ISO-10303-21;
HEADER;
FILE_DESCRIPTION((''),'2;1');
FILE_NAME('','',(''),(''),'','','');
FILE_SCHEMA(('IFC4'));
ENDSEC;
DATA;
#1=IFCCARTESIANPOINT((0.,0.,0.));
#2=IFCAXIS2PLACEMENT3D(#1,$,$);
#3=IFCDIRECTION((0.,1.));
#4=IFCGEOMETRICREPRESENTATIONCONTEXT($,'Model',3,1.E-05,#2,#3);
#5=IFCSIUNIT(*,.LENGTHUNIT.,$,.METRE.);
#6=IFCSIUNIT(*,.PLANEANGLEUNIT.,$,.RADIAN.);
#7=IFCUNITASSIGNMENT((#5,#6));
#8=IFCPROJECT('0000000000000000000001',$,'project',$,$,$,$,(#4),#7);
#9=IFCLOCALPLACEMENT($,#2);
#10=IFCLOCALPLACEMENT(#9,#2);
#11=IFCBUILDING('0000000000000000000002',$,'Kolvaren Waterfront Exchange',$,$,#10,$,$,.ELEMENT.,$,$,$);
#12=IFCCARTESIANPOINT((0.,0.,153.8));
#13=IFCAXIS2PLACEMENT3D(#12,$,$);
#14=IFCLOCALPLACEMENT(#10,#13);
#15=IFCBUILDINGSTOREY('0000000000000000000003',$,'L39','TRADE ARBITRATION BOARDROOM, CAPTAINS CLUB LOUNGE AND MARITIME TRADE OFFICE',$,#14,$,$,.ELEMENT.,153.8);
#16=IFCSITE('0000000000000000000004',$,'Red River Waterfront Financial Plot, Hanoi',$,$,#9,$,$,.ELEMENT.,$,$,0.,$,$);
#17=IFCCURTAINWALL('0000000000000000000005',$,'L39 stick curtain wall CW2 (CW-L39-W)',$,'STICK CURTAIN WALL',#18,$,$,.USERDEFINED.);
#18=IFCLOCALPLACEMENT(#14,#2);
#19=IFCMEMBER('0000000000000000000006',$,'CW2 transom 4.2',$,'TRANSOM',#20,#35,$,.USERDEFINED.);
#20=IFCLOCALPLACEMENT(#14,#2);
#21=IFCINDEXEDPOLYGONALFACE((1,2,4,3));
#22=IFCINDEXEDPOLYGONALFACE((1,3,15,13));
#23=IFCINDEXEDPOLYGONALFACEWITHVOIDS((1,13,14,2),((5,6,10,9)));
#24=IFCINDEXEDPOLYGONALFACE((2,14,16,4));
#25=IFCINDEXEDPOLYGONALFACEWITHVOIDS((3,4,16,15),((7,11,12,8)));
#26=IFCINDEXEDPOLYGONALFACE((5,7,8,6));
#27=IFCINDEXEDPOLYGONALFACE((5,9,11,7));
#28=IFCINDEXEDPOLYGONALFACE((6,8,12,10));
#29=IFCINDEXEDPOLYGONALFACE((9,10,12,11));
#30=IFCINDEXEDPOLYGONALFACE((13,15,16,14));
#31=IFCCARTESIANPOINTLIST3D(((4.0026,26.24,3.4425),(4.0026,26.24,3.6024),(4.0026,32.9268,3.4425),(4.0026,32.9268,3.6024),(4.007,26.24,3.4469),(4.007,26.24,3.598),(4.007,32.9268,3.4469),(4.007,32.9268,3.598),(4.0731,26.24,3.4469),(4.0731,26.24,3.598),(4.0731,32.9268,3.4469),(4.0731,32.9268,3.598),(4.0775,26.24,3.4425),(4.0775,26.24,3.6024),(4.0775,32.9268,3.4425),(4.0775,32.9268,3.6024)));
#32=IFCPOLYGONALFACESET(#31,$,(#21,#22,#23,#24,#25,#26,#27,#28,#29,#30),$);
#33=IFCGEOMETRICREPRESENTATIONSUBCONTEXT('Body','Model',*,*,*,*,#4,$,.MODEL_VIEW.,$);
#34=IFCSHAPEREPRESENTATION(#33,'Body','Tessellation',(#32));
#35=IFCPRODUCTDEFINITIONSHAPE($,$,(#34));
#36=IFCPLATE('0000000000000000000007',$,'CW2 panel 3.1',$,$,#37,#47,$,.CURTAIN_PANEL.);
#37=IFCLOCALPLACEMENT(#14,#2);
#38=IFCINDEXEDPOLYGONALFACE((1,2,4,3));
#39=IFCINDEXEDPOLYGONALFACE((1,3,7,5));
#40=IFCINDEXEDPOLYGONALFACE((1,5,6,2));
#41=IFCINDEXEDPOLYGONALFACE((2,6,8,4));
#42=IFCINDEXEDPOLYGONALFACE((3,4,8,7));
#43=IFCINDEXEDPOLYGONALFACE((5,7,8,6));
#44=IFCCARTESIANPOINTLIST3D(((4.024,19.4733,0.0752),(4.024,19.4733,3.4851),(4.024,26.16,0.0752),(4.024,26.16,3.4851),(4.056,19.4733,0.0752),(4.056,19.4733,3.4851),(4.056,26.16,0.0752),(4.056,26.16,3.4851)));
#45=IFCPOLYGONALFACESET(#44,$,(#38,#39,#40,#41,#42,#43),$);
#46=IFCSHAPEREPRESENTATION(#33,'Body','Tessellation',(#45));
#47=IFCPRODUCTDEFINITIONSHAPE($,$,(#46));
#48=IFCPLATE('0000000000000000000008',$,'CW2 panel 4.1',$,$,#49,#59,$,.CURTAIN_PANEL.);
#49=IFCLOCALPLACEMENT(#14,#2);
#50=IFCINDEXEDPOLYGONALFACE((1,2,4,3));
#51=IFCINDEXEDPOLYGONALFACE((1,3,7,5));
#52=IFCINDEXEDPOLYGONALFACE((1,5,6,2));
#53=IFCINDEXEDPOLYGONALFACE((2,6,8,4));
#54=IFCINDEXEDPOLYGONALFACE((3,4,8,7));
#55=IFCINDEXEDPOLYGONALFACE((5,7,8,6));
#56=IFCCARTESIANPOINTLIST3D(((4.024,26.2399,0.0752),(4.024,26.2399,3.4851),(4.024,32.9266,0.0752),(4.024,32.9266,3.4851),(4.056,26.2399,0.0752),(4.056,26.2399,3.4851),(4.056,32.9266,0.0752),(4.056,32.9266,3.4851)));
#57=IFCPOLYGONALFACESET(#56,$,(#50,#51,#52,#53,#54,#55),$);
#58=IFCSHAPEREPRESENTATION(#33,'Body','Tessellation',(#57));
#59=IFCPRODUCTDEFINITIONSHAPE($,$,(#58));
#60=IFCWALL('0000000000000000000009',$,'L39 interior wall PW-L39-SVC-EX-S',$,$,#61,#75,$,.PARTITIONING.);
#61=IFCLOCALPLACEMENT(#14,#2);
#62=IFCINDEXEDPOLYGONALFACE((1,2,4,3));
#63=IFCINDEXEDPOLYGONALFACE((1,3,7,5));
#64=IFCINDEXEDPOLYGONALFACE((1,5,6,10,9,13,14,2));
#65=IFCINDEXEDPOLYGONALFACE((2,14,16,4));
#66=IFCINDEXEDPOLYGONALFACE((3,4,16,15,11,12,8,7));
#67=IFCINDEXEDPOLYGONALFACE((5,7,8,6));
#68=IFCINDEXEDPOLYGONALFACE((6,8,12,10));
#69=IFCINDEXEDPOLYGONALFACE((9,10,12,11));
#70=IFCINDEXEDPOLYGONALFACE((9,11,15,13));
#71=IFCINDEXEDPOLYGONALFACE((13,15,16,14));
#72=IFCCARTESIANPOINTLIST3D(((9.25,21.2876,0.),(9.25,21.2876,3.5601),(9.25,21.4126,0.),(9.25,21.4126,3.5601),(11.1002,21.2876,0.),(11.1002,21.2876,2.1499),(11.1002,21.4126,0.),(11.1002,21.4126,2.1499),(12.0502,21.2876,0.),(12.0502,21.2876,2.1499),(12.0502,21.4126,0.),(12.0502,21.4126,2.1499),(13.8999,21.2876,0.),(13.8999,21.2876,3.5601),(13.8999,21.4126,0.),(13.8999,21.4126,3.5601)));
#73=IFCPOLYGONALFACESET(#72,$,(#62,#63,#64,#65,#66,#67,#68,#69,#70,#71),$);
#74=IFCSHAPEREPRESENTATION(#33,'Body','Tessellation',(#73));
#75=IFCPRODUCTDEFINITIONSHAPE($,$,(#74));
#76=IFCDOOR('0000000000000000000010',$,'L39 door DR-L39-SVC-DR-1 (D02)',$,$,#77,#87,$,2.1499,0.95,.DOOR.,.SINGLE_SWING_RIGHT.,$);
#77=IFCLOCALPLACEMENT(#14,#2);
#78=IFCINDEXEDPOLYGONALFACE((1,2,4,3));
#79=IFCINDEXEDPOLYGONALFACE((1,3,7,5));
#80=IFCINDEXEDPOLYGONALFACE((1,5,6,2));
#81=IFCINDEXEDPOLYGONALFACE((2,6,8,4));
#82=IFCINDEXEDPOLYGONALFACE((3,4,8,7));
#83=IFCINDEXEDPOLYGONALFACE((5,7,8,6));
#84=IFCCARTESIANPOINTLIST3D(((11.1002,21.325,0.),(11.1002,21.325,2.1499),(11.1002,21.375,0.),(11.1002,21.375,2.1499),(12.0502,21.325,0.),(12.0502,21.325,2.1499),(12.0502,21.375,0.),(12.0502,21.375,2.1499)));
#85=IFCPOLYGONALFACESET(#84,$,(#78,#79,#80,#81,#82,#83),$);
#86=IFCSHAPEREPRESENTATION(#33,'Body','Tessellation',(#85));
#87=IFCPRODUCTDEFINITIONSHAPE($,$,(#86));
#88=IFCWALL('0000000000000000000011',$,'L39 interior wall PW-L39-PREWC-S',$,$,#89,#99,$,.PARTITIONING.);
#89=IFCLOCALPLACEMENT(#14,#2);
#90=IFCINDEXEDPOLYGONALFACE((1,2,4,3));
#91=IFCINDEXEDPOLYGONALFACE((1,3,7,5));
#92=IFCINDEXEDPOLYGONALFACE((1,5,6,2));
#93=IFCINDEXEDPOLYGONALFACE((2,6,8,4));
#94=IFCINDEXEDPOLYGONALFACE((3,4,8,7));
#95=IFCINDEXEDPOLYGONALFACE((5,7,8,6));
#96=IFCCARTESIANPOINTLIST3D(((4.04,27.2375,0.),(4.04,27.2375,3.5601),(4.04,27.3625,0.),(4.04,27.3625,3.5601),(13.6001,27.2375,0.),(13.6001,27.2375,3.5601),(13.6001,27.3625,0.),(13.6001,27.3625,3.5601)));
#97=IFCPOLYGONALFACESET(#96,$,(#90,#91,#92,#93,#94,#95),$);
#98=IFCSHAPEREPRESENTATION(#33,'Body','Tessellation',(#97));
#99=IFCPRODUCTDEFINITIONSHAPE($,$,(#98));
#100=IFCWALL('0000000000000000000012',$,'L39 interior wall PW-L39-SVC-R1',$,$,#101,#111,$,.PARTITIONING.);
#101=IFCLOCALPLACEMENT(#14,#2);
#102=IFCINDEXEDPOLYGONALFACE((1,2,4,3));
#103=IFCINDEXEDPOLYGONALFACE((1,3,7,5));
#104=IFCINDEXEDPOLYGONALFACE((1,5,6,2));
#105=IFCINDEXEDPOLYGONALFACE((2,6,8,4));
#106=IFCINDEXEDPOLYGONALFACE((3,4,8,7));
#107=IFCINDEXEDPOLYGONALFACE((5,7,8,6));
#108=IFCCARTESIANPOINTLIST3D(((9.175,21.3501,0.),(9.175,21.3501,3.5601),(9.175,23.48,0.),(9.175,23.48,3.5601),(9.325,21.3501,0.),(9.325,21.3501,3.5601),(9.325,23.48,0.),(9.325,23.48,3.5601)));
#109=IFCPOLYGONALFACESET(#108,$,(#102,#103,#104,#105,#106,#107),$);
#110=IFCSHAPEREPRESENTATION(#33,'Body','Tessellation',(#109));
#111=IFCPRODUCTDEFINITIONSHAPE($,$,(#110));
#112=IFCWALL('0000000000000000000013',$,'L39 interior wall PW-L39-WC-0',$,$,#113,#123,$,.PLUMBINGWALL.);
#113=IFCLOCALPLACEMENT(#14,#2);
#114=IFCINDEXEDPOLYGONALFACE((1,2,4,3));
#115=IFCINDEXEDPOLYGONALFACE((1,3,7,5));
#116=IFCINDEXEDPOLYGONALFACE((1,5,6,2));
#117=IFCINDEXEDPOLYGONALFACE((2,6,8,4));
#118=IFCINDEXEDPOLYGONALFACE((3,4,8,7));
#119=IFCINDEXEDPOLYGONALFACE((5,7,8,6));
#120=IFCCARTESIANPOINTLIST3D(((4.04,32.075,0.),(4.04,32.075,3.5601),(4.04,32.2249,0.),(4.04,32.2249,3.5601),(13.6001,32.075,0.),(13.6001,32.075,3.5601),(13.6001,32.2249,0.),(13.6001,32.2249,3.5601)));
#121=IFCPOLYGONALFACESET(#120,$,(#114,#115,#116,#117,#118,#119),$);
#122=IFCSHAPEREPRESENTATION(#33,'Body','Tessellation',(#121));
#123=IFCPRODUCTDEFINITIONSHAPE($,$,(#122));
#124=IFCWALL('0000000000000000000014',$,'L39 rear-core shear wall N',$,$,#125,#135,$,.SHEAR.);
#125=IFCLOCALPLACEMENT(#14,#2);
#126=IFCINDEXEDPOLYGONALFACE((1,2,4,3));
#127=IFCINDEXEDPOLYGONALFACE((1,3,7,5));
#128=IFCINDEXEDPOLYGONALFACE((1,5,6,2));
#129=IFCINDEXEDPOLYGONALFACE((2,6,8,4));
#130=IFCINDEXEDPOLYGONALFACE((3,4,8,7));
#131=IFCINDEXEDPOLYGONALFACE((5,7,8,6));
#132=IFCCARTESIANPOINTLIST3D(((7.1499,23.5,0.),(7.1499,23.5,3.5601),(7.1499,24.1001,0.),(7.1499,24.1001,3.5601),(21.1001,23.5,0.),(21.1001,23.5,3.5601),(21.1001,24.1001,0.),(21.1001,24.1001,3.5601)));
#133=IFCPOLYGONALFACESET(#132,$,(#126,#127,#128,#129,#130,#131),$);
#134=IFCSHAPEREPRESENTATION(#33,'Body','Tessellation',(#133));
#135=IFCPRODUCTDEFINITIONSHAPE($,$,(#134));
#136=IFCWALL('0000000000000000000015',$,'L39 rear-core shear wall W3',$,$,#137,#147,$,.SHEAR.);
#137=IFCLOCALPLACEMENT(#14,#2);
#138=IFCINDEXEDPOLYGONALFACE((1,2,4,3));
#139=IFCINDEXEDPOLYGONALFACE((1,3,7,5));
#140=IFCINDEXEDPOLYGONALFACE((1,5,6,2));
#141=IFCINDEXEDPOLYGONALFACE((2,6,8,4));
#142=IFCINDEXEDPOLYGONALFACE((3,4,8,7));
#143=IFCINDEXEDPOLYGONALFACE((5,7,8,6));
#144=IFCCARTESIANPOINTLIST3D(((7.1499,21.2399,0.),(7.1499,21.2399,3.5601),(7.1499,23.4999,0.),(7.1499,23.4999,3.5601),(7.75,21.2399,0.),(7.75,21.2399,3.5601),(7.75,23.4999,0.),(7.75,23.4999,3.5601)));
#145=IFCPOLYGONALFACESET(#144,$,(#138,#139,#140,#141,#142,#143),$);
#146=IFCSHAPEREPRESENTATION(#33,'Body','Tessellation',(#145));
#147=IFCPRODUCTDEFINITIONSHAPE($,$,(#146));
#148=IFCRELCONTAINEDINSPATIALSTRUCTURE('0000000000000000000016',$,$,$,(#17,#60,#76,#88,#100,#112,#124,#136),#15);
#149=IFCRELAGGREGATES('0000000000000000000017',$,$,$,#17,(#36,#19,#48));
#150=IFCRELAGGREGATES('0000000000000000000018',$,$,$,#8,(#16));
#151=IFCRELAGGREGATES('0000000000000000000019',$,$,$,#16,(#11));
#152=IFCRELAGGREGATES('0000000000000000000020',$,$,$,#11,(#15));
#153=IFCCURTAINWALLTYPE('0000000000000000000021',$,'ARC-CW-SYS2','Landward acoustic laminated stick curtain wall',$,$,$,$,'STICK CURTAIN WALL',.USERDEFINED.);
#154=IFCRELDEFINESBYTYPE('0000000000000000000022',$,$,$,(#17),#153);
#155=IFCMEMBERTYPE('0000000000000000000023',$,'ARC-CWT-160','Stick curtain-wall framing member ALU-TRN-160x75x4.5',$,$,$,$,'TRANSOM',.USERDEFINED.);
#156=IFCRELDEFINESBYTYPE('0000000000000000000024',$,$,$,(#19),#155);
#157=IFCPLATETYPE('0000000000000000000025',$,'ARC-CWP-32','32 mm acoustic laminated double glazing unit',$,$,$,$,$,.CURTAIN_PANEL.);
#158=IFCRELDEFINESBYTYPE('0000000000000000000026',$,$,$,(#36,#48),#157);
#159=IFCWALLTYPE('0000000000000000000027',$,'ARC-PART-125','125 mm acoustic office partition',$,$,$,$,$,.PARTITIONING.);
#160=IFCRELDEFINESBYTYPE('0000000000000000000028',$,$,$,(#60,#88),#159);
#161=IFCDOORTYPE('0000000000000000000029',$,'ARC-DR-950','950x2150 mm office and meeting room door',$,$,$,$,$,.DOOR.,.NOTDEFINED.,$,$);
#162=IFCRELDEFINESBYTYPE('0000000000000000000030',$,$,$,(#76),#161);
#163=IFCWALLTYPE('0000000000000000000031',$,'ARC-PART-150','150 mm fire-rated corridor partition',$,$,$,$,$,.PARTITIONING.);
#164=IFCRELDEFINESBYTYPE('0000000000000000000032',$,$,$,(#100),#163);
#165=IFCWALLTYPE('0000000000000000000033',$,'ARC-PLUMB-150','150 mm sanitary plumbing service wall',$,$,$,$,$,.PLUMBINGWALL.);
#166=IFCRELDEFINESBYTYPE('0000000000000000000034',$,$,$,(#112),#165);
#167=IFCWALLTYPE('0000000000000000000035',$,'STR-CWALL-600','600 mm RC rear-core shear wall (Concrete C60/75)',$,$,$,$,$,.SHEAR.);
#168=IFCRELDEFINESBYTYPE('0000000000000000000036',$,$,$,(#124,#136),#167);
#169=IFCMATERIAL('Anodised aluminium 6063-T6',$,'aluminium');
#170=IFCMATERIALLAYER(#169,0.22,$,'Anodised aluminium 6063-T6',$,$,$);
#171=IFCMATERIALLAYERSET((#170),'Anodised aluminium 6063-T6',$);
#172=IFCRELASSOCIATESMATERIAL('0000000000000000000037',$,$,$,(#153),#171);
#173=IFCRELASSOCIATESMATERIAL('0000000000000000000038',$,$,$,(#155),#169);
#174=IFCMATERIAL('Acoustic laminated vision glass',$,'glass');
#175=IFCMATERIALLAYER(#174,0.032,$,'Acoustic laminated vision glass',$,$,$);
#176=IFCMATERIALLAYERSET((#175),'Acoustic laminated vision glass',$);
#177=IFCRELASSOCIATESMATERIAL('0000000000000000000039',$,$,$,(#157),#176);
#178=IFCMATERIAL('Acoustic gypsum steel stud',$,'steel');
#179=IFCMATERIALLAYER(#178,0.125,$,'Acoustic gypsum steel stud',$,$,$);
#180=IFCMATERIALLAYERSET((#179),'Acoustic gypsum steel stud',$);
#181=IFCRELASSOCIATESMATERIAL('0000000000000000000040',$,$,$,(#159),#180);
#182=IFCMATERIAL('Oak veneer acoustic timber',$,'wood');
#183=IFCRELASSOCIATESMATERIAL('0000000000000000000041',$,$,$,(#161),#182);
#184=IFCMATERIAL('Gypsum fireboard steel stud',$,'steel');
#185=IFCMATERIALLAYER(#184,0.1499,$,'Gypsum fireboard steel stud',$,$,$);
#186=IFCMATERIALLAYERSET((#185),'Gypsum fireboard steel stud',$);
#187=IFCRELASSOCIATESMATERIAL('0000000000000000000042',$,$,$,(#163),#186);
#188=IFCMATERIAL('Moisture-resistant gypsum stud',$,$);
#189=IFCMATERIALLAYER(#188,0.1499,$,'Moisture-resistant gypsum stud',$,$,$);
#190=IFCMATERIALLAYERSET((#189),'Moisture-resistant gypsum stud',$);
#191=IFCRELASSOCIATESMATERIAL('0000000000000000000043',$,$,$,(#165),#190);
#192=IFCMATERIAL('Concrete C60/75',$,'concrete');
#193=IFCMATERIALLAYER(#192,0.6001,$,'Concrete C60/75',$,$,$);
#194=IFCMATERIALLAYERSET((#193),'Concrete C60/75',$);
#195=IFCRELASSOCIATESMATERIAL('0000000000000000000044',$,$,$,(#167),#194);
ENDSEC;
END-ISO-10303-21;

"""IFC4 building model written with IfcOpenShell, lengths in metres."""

from ifc_helpers import new_model, si_unit, direction, frame, frame_2d, origin, origin_with_axes, origin_2d, place, context, subcontext, project, spatial, rectangle, hollow_rectangle, extrude, source, transform, mapped, material, layer, layer_set, material_profile, profile_set, type_object, element, fill, aggregate, save


model = new_model("IFC4")

# Units and contexts
model_context = context("Model", 3, precision=1e-05, world=origin(), true_north=direction((0.0, 1.0)))
body_context = subcontext(model_context, "Body", "Model", "MODEL_VIEW")
ifc_project = project(units=[si_unit("LENGTHUNIT", "METRE"), si_unit("PLANEANGLEUNIT", "RADIAN")], contexts=[model_context])

# Site, building, storey
site_placement = place(None, origin())
site = spatial("IfcSite", under=ifc_project, at=site_placement, Name="Red River Waterfront Financial Plot, Hanoi", CompositionType="ELEMENT", RefElevation=0.0)
building_placement = place(site_placement, origin())
building = spatial("IfcBuilding", under=site, at=building_placement, Name="Kolvaren Waterfront Exchange", CompositionType="ELEMENT")
storey_placement = place(building_placement, frame((0.0, 0.0, 153.8)))
storey = spatial("IfcBuildingStorey", under=building, at=storey_placement, Name="L39", Description="TRADE ARBITRATION BOARDROOM, CAPTAINS CLUB LOUNGE AND MARITIME TRADE OFFICE", CompositionType="ELEMENT", Elevation=153.8)

# Shared definitions
ifc_material_1 = material(Name="Concrete C60/75", Category="concrete")

# Curtain wall, member, plates
ifc_material_2 = material(Name="Anodised aluminium 6063-T6", Category="aluminium")
ifc_layer_1 = layer(ifc_material_2, 0.22, Name="Anodised aluminium 6063-T6")
ifc_layer_set_1 = layer_set([ifc_layer_1], Name="Anodised aluminium 6063-T6")
curtain_wall_type = type_object("IfcCurtainWallType", Name="ARC-CW-SYS2", Description="Landward acoustic laminated stick curtain wall", ElementType="STICK CURTAIN WALL", PredefinedType="USERDEFINED", material=ifc_layer_set_1)
curtain_wall_placement = place(storey_placement, origin())
curtain_wall = element("IfcCurtainWall", 1, at=curtain_wall_placement, inside=storey, type_object=curtain_wall_type, Name="L39 stick curtain wall CW2 (CW-L39-W)", ObjectType="STICK CURTAIN WALL", PredefinedType="USERDEFINED")
ifc_material_profile_1 = material_profile(ifc_material_2, hollow_rectangle(XDim=0.075, YDim=0.1599, WallThickness=0.0044, at=origin_2d()), Name="ALU-TRN-160x75x4.5")
ifc_profile_set_1 = profile_set([ifc_material_profile_1], Name="Anodised aluminium 6063-T6")
member_type_1 = type_object("IfcMemberType", Name="ARC-CWT-160", Description="Stick curtain-wall framing member ALU-TRN-160x75x4.5", ElementType="TRANSOM", PredefinedType="USERDEFINED", material=ifc_profile_set_1)
shared_shape_1 = source(origin_with_axes(), body_context, "Body", "SweptSolid", [
    extrude(hollow_rectangle(XDim=0.075, YDim=0.1599, WallThickness=0.0044, at=origin_2d()), origin(), (0.0, 0.0, 1.0), 6.6868),
])
member_1_placement = place(storey_placement, frame((4.04, 26.24, 3.5225), z_axis=(0.0, 1.0, 0.0), x_axis=(-1.0, 0.0, 0.0)))
member_1 = element("IfcMember", 2, at=member_1_placement, type_object=member_type_1, Name="CW2 transom 4.2", ObjectType="TRANSOM", PredefinedType="USERDEFINED", context=body_context, shape_type="MappedRepresentation", body=[
    mapped(shared_shape_1, transform((0.0, 0.0, 0.0), x_axis=(1.0, 0.0, 0.0), y_axis=(0.0, 1.0, 0.0), z_axis=(0.0, 0.0, 1.0), scale=1.0)),
])
ifc_material_3 = material(Name="Acoustic laminated vision glass", Category="glass")
ifc_layer_2 = layer(ifc_material_3, 0.032, Name="Acoustic laminated vision glass")
ifc_layer_set_2 = layer_set([ifc_layer_2], Name="Acoustic laminated vision glass")
plate_type = type_object("IfcPlateType", Name="ARC-CWP-32", Description="32 mm acoustic laminated double glazing unit", PredefinedType="CURTAIN_PANEL", material=ifc_layer_set_2)
shared_shape_2 = source(origin_with_axes(), body_context, "Body", "SweptSolid", [
    extrude(rectangle(XDim=6.6868, YDim=0.032, at=origin_2d()), origin(), (0.0, 0.0, 1.0), 3.4099),
])
plate_1_placement = place(storey_placement, frame((4.04, 22.8167, 0.0752), z_axis=(0.0, 0.0, 1.0), x_axis=(0.0, 1.0, 0.0)))
plate_1 = element("IfcPlate", 3, at=plate_1_placement, type_object=plate_type, Name="CW2 panel 3.1", PredefinedType="CURTAIN_PANEL", context=body_context, shape_type="MappedRepresentation", body=[
    mapped(shared_shape_2, transform((0.0, 0.0, 0.0), x_axis=(1.0, 0.0, 0.0), y_axis=(0.0, 1.0, 0.0), z_axis=(0.0, 0.0, 1.0), scale=1.0)),
])
plate_2_placement = place(storey_placement, frame((4.04, 29.5833, 0.0752), z_axis=(0.0, 0.0, 1.0), x_axis=(0.0, 1.0, 0.0)))
plate_2 = element("IfcPlate", 4, at=plate_2_placement, type_object=plate_type, Name="CW2 panel 4.1", PredefinedType="CURTAIN_PANEL", context=body_context, shape_type="MappedRepresentation", body=[
    mapped(shared_shape_2, transform((0.0, 0.0, 0.0), x_axis=(1.0, 0.0, 0.0), y_axis=(0.0, 1.0, 0.0), z_axis=(0.0, 0.0, 1.0), scale=1.0)),
])
aggregate(curtain_wall, [plate_1, member_1, plate_2])

# Wall, opening, door
ifc_material_4 = material(Name="Acoustic gypsum steel stud", Category="steel")
ifc_layer_3 = layer(ifc_material_4, 0.125, Name="Acoustic gypsum steel stud")
ifc_layer_set_3 = layer_set([ifc_layer_3], Name="Acoustic gypsum steel stud")
wall_type_1 = type_object("IfcWallType", Name="ARC-PART-125", Description="125 mm acoustic office partition", PredefinedType="PARTITIONING", material=ifc_layer_set_3)
wall_1_placement = place(storey_placement, frame((9.25, 21.3501, 0.0), z_axis=(0.0, 0.0, 1.0), x_axis=(1.0, 0.0, 0.0)))
wall_1 = element("IfcWall", 5, at=wall_1_placement, inside=storey, type_object=wall_type_1, Name="L39 interior wall PW-L39-SVC-EX-S", PredefinedType="PARTITIONING", context=body_context, shape_type="SweptSolid", body=[
    extrude(rectangle(XDim=4.6499, YDim=0.125, at=frame_2d((2.325, 0.0))), origin(), (0.0, 0.0, 1.0), 3.5601),
])
opening_1_placement = place(wall_1_placement, frame((1.8501, 0.0, 0.0)))
opening_1 = element("IfcOpeningElement", 6, at=opening_1_placement, cuts=wall_1, PredefinedType="OPENING", context=body_context, shape_type="SweptSolid", body=[
    extrude(rectangle(XDim=0.95, YDim=2.1499, at=frame_2d((0.4751, 1.075))), frame((0.0, 0.0725, 0.0), z_axis=(0.0, -1.0, 0.0), x_axis=(1.0, 0.0, 0.0)), (0.0, 0.0, 1.0), 0.145),
])
ifc_material_5 = material(Name="Oak veneer acoustic timber", Category="wood")
door_type_1 = type_object("IfcDoorType", Name="ARC-DR-950", Description="950x2150 mm office and meeting room door", OperationType="NOTDEFINED", PredefinedType="DOOR", material=ifc_material_5)
door_1_placement = place(opening_1_placement, origin())
door_1 = element("IfcDoor", 7, at=door_1_placement, inside=storey, type_object=door_type_1, Name="L39 door DR-L39-SVC-DR-1 (D02)", OperationType="SINGLE_SWING_RIGHT", OverallHeight=2.1499, OverallWidth=0.95, PredefinedType="DOOR", context=body_context, shape_type="SweptSolid", body=[
    extrude(rectangle(XDim=0.95, YDim=2.1499, at=frame_2d((0.4751, 1.075))), frame((0.0, 0.0249, 0.0), z_axis=(0.0, -1.0, 0.0), x_axis=(1.0, 0.0, 0.0)), (0.0, 0.0, 1.0), 0.05),
])
fill(opening_1, door_1)

# Walls
wall_2_placement = place(storey_placement, frame((4.04, 27.3, 0.0), z_axis=(0.0, 0.0, 1.0), x_axis=(1.0, 0.0, 0.0)))
element("IfcWall", 8, at=wall_2_placement, inside=storey, type_object=wall_type_1, Name="L39 interior wall PW-L39-PREWC-S", PredefinedType="PARTITIONING", context=body_context, shape_type="SweptSolid", body=[
    extrude(rectangle(XDim=9.5601, YDim=0.125, at=frame_2d((4.78, 0.0))), origin(), (0.0, 0.0, 1.0), 3.5601),
])
ifc_material_6 = material(Name="Gypsum fireboard steel stud", Category="steel")
ifc_layer_4 = layer(ifc_material_6, 0.1499, Name="Gypsum fireboard steel stud")
ifc_layer_set_4 = layer_set([ifc_layer_4], Name="Gypsum fireboard steel stud")
wall_type_2 = type_object("IfcWallType", Name="ARC-PART-150", Description="150 mm fire-rated corridor partition", PredefinedType="PARTITIONING", material=ifc_layer_set_4)
wall_3_placement = place(storey_placement, frame((9.25, 21.3501, 0.0), z_axis=(0.0, 0.0, 1.0), x_axis=(0.0, 1.0, 0.0)))
element("IfcWall", 9, at=wall_3_placement, inside=storey, type_object=wall_type_2, Name="L39 interior wall PW-L39-SVC-R1", PredefinedType="PARTITIONING", context=body_context, shape_type="SweptSolid", body=[
    extrude(rectangle(XDim=2.1299, YDim=0.1499, at=frame_2d((1.0649, 0.0))), origin(), (0.0, 0.0, 1.0), 3.5601),
])

# Walls
ifc_material_7 = material(Name="Moisture-resistant gypsum stud")
ifc_layer_5 = layer(ifc_material_7, 0.1499, Name="Moisture-resistant gypsum stud")
ifc_layer_set_5 = layer_set([ifc_layer_5], Name="Moisture-resistant gypsum stud")
wall_type_3 = type_object("IfcWallType", Name="ARC-PLUMB-150", Description="150 mm sanitary plumbing service wall", PredefinedType="PLUMBINGWALL", material=ifc_layer_set_5)
wall_4_placement = place(storey_placement, frame((4.04, 32.1499, 0.0), z_axis=(0.0, 0.0, 1.0), x_axis=(1.0, 0.0, 0.0)))
element("IfcWall", 10, at=wall_4_placement, inside=storey, type_object=wall_type_3, Name="L39 interior wall PW-L39-WC-0", PredefinedType="PLUMBINGWALL", context=body_context, shape_type="SweptSolid", body=[
    extrude(rectangle(XDim=9.5601, YDim=0.1499, at=frame_2d((4.78, 0.0))), origin(), (0.0, 0.0, 1.0), 3.5601),
])
ifc_layer_6 = layer(ifc_material_1, 0.6001, Name="Concrete C60/75")
ifc_layer_set_6 = layer_set([ifc_layer_6], Name="Concrete C60/75")
wall_type_4 = type_object("IfcWallType", Name="STR-CWALL-600", Description="600 mm RC rear-core shear wall (Concrete C60/75)", PredefinedType="SHEAR", material=ifc_layer_set_6)
wall_5_placement = place(storey_placement, frame((7.1499, 23.8, 0.0), z_axis=(0.0, 0.0, 1.0), x_axis=(1.0, 0.0, 0.0)))
element("IfcWall", 11, at=wall_5_placement, inside=storey, type_object=wall_type_4, Name="L39 rear-core shear wall N", PredefinedType="SHEAR", context=body_context, shape_type="SweptSolid", body=[
    extrude(rectangle(XDim=13.9502, YDim=0.6001, at=frame_2d((6.9751, 0.0))), origin(), (0.0, 0.0, 1.0), 3.5601),
])
wall_6_placement = place(storey_placement, frame((7.45, 21.24, 0.0), z_axis=(0.0, 0.0, 1.0), x_axis=(0.0, 1.0, 0.0)))
element("IfcWall", 12, at=wall_6_placement, inside=storey, type_object=wall_type_4, Name="L39 rear-core shear wall W3", PredefinedType="SHEAR", context=body_context, shape_type="SweptSolid", body=[
    extrude(rectangle(XDim=2.26, YDim=0.6001, at=frame_2d((1.1299, 0.0))), origin(), (0.0, 0.0, 1.0), 3.5601),
])

save(model, "model.ifc")
